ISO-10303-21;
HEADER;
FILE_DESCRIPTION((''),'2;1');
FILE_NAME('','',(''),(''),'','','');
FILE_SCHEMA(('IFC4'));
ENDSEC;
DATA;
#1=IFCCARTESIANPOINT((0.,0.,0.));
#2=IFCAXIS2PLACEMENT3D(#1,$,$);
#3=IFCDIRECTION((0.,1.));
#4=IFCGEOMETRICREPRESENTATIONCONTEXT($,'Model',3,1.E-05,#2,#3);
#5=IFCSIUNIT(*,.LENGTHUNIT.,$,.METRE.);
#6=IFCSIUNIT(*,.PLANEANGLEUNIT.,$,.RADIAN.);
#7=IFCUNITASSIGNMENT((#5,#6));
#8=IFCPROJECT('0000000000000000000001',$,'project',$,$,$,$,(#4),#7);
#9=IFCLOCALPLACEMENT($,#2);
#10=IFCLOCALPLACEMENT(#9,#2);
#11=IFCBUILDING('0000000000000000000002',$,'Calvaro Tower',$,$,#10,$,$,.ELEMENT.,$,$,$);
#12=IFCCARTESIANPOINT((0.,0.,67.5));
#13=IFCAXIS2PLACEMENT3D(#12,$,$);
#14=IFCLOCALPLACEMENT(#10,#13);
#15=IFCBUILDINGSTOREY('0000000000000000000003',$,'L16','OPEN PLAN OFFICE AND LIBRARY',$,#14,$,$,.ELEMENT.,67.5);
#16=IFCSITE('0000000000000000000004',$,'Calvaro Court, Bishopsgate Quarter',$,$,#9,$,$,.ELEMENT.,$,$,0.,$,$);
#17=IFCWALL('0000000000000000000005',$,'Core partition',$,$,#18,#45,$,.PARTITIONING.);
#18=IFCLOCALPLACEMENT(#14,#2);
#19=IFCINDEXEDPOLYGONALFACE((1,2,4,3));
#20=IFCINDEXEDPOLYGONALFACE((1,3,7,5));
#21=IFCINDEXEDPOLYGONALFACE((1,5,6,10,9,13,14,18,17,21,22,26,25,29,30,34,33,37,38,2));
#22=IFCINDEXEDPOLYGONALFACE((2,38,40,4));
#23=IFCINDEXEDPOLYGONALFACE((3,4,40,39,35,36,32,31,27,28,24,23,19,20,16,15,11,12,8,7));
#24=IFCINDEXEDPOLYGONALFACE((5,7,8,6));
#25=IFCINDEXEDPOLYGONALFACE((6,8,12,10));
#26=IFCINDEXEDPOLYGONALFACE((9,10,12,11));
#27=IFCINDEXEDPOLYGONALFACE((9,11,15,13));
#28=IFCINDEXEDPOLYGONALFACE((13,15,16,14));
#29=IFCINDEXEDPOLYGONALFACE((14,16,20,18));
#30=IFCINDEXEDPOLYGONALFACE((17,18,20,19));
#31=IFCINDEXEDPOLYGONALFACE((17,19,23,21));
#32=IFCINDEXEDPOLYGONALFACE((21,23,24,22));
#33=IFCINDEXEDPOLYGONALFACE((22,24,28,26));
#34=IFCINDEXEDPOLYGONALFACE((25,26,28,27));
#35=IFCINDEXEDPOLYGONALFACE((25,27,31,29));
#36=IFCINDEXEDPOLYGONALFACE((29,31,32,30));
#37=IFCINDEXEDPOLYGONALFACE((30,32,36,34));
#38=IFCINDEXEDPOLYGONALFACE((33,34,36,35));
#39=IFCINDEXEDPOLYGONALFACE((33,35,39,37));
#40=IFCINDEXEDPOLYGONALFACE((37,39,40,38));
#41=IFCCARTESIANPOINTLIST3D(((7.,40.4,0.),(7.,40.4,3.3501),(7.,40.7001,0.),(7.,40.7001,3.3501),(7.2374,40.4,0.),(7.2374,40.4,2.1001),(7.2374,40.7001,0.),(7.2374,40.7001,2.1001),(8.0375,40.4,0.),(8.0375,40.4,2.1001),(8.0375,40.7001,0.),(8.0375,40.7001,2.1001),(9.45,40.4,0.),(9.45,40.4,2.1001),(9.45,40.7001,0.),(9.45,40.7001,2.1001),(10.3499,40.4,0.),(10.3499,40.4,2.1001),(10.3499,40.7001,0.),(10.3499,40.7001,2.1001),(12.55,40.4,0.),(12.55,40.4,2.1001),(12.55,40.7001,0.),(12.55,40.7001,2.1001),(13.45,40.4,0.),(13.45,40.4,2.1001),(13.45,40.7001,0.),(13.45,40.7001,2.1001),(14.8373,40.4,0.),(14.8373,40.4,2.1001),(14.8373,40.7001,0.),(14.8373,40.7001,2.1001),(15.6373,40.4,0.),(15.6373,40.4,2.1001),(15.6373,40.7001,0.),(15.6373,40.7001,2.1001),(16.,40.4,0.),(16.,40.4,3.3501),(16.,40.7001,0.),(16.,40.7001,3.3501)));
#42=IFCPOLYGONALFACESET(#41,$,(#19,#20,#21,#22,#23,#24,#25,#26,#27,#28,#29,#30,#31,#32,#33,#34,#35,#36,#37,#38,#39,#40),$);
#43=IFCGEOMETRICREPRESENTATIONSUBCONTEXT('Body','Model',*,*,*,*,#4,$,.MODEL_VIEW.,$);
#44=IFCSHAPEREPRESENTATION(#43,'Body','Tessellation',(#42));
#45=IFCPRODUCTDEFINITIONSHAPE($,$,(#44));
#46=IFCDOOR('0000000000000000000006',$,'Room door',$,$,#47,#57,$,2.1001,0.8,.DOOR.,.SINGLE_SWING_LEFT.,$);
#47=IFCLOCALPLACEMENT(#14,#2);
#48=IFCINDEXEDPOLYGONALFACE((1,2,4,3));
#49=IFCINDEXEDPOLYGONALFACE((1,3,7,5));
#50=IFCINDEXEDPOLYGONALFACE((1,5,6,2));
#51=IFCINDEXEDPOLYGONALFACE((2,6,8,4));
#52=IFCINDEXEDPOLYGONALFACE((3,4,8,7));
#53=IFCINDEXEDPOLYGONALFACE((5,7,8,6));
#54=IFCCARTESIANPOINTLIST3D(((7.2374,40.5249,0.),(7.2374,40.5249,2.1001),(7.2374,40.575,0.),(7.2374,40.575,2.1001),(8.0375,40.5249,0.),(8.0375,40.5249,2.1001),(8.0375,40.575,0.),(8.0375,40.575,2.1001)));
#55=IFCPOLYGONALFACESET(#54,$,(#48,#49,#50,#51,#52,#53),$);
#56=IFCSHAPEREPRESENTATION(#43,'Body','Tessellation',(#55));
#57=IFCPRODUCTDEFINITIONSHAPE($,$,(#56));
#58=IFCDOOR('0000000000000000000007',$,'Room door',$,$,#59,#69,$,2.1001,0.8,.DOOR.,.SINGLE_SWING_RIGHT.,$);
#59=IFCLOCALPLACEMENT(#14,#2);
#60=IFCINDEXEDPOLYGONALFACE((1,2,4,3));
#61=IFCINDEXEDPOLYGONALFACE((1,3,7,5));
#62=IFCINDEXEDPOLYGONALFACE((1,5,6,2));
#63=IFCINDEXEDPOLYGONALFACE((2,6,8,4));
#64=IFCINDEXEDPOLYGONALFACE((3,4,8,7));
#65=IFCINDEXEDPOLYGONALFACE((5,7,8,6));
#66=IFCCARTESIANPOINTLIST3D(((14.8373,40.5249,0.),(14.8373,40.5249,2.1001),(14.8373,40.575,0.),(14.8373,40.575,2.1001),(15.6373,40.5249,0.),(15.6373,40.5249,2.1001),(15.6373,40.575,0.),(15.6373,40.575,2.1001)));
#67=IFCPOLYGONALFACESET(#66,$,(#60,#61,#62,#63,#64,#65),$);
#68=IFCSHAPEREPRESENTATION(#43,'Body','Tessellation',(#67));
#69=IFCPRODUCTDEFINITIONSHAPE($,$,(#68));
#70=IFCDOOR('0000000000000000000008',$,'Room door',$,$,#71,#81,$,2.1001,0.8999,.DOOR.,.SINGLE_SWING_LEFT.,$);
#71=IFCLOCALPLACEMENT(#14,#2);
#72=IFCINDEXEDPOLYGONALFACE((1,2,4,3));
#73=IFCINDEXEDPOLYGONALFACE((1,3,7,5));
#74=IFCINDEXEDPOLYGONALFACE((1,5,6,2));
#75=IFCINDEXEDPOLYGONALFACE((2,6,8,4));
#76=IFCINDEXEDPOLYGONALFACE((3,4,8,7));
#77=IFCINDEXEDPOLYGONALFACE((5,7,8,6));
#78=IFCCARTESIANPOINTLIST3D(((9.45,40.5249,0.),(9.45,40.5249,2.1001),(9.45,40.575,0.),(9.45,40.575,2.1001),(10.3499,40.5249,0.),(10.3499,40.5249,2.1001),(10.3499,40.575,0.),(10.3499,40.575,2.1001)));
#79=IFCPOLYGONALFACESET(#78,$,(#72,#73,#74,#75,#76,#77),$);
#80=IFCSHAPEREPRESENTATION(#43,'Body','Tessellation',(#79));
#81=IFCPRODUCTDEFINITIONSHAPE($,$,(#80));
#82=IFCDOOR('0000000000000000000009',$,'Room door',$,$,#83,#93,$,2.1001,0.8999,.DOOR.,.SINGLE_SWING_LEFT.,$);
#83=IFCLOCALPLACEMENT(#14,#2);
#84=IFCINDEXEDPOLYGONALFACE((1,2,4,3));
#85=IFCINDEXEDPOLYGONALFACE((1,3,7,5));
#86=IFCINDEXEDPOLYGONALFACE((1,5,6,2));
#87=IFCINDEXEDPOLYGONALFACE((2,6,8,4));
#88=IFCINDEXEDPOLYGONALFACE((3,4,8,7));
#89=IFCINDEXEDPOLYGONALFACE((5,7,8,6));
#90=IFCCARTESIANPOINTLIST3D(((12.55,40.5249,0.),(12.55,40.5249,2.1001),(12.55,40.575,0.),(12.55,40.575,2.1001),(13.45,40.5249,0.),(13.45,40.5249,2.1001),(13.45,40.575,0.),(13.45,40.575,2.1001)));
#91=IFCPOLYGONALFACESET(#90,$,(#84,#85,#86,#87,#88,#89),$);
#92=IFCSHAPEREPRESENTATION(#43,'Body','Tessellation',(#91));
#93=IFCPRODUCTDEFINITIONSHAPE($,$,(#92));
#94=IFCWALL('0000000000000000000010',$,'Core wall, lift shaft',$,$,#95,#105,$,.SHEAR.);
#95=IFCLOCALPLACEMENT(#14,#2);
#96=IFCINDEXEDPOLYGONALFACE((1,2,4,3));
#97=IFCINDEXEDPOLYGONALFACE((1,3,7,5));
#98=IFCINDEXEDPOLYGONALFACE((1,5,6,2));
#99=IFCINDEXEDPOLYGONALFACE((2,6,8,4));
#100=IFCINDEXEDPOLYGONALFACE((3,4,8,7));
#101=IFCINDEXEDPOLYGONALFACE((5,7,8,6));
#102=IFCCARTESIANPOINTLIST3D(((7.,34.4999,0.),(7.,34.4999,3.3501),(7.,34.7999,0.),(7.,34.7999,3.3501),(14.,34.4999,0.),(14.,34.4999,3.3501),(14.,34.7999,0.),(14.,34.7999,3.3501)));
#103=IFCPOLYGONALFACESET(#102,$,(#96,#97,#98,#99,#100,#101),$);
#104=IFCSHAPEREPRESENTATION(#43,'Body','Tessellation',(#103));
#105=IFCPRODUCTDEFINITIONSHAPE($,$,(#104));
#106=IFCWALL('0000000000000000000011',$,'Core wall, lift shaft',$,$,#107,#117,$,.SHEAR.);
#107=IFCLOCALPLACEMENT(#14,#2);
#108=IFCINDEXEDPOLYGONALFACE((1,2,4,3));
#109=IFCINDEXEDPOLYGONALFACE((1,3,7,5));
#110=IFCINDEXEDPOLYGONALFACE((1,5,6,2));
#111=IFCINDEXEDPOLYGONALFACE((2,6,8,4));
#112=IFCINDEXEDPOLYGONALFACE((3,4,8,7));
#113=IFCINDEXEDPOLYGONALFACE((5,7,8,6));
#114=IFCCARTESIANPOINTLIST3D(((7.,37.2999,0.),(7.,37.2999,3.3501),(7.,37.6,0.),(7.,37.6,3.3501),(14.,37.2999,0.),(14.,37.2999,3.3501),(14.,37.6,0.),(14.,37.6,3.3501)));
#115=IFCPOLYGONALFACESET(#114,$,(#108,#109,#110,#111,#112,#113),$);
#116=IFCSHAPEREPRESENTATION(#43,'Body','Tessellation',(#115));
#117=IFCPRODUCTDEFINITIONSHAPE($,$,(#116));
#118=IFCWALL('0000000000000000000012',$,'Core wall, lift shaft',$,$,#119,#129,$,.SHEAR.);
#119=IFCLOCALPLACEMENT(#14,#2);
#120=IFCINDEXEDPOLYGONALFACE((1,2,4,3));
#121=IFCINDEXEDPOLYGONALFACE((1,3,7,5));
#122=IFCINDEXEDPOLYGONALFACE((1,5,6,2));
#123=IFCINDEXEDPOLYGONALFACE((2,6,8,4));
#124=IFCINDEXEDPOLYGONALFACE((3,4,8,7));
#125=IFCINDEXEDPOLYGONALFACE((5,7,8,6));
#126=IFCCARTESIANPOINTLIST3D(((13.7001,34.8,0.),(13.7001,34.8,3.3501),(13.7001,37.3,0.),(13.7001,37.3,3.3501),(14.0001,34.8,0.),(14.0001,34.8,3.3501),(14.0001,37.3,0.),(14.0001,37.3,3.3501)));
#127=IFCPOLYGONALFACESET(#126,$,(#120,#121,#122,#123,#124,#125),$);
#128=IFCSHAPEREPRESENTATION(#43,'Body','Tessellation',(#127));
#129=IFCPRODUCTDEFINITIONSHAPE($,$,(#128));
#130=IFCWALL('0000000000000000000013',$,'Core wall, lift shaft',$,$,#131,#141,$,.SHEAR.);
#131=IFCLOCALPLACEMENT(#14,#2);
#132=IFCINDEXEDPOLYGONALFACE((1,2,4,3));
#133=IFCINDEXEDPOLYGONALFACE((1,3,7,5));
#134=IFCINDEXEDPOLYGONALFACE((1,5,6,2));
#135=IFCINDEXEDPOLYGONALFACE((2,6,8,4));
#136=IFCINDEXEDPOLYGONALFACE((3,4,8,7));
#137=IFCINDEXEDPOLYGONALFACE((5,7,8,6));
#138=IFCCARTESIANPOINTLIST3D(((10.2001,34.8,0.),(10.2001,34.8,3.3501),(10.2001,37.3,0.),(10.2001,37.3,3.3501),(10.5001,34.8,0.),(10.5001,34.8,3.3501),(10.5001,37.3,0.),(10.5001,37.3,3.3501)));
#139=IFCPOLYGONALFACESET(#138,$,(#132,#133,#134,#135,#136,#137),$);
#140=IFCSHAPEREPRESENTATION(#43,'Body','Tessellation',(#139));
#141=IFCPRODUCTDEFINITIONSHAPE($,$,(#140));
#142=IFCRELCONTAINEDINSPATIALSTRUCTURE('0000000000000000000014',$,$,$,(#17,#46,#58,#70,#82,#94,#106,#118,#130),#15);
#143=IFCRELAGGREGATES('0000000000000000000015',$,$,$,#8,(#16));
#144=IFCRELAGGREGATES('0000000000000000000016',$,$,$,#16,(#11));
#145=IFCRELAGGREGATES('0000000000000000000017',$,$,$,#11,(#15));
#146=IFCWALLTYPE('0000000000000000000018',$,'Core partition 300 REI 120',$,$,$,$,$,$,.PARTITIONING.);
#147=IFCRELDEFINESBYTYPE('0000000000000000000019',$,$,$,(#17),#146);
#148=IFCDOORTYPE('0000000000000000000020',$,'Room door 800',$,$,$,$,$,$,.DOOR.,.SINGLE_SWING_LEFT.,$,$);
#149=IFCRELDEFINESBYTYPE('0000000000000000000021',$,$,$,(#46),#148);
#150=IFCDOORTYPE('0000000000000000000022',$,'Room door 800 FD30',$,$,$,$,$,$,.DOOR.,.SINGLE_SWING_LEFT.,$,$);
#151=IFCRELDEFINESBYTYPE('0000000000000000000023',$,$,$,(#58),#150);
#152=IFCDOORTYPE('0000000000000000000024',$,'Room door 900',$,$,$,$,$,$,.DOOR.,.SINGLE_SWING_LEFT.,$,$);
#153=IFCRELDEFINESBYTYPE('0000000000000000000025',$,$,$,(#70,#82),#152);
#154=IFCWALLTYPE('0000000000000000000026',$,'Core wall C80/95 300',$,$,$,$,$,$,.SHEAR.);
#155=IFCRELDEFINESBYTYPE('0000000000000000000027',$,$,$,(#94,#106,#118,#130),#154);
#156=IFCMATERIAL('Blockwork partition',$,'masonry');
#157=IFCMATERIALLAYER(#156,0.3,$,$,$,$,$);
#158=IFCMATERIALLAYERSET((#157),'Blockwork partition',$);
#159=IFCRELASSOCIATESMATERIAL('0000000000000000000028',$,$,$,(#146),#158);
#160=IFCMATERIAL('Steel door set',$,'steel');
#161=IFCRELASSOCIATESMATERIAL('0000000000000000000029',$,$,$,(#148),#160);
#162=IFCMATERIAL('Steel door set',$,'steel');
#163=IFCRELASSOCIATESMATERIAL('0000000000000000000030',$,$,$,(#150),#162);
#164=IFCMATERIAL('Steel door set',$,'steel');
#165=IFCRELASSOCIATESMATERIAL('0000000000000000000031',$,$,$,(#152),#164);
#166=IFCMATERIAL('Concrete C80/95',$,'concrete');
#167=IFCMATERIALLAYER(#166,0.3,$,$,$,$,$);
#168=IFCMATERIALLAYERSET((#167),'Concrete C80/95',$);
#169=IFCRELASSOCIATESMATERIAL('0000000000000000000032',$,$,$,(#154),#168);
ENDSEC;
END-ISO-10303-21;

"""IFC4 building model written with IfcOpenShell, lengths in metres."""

from ifc_helpers import new_model, si_unit, direction, frame, frame_2d, origin, place, context, subcontext, project, spatial, rectangle, extrude, material, layer, layer_set, type_object, element, fill, save


model = new_model("IFC4")

# Units and contexts
model_context = context("Model", 3, precision=1e-05, world=origin(), true_north=direction((0.0, 1.0)))
body_context = subcontext(model_context, "Body", "Model", "MODEL_VIEW")
ifc_project = project(units=[si_unit("LENGTHUNIT", "METRE"), si_unit("PLANEANGLEUNIT", "RADIAN")], contexts=[model_context])

# Site, building, storey
site_placement = place(None, origin())
site = spatial("IfcSite", under=ifc_project, at=site_placement, Name="Calvaro Court, Bishopsgate Quarter", CompositionType="ELEMENT", RefElevation=0.0)
building_placement = place(site_placement, origin())
building = spatial("IfcBuilding", under=site, at=building_placement, Name="Calvaro Tower", CompositionType="ELEMENT")
storey_placement = place(building_placement, frame((0.0, 0.0, 67.5)))
storey = spatial("IfcBuildingStorey", under=building, at=storey_placement, Name="L16", Description="OPEN PLAN OFFICE AND LIBRARY", CompositionType="ELEMENT", Elevation=67.5)

# Wall, openings, doors
ifc_material_1 = material(Name="Blockwork partition", Category="masonry")
ifc_layer_1 = layer(ifc_material_1, 0.3)
ifc_layer_set_1 = layer_set([ifc_layer_1], Name="Blockwork partition")
wall_type_1 = type_object("IfcWallType", Name="Core partition 300 REI 120", PredefinedType="PARTITIONING", material=ifc_layer_set_1)
wall_1_placement = place(storey_placement, frame((7.0, 40.55, 0.0), z_axis=(0.0, 0.0, 1.0), x_axis=(1.0, 0.0, 0.0)))
wall_1 = element("IfcWall", 1, at=wall_1_placement, inside=storey, type_object=wall_type_1, Name="Core partition", PredefinedType="PARTITIONING", context=body_context, shape_type="SweptSolid", body=[
    extrude(rectangle(XDim=9.0, YDim=0.3, at=frame_2d((4.5, 0.0))), origin(), (0.0, 0.0, 1.0), 3.3501),
])
opening_1_placement = place(wall_1_placement, frame((0.2375, 0.0, 0.0)))
opening_1 = element("IfcOpeningElement", 2, at=opening_1_placement, cuts=wall_1, PredefinedType="OPENING", context=body_context, shape_type="SweptSolid", body=[
    extrude(rectangle(XDim=0.8, YDim=2.1001, at=frame_2d((0.3999, 1.05))), frame((0.0, 0.1599, 0.0), z_axis=(0.0, -1.0, 0.0), x_axis=(1.0, 0.0, 0.0)), (0.0, 0.0, 1.0), 0.3201),
])
opening_2_placement = place(wall_1_placement, frame((2.45, 0.0, 0.0)))
opening_2 = element("IfcOpeningElement", 3, at=opening_2_placement, cuts=wall_1, PredefinedType="OPENING", context=body_context, shape_type="SweptSolid", body=[
    extrude(rectangle(XDim=0.8999, YDim=2.1001, at=frame_2d((0.45, 1.05))), frame((0.0, 0.1599, 0.0), z_axis=(0.0, -1.0, 0.0), x_axis=(1.0, 0.0, 0.0)), (0.0, 0.0, 1.0), 0.3201),
])
opening_3_placement = place(wall_1_placement, frame((5.55, 0.0, 0.0)))
opening_3 = element("IfcOpeningElement", 4, at=opening_3_placement, cuts=wall_1, PredefinedType="OPENING", context=body_context, shape_type="SweptSolid", body=[
    extrude(rectangle(XDim=0.8999, YDim=2.1001, at=frame_2d((0.45, 1.05))), frame((0.0, 0.1599, 0.0), z_axis=(0.0, -1.0, 0.0), x_axis=(1.0, 0.0, 0.0)), (0.0, 0.0, 1.0), 0.3201),
])
opening_4_placement = place(wall_1_placement, frame((7.8374, 0.0, 0.0)))
opening_4 = element("IfcOpeningElement", 5, at=opening_4_placement, cuts=wall_1, PredefinedType="OPENING", context=body_context, shape_type="SweptSolid", body=[
    extrude(rectangle(XDim=0.8, YDim=2.1001, at=frame_2d((0.3999, 1.05))), frame((0.0, 0.1599, 0.0), z_axis=(0.0, -1.0, 0.0), x_axis=(1.0, 0.0, 0.0)), (0.0, 0.0, 1.0), 0.3201),
])
ifc_material_2 = material(Name="Steel door set", Category="steel")
door_type_1 = type_object("IfcDoorType", Name="Room door 800", OperationType="SINGLE_SWING_LEFT", PredefinedType="DOOR", material=ifc_material_2)
door_1_placement = place(opening_1_placement, origin())
door_1 = element("IfcDoor", 6, at=door_1_placement, inside=storey, type_object=door_type_1, Name="Room door", OperationType="SINGLE_SWING_LEFT", OverallHeight=2.1001, OverallWidth=0.8, PredefinedType="DOOR", context=body_context, shape_type="SweptSolid", body=[
    extrude(rectangle(XDim=0.8, YDim=2.1001, at=frame_2d((0.3999, 1.05))), frame((0.0, 0.0249, 0.0), z_axis=(0.0, -1.0, 0.0), x_axis=(1.0, 0.0, 0.0)), (0.0, 0.0, 1.0), 0.05),
])
fill(opening_1, door_1)
ifc_material_3 = material(Name="Steel door set", Category="steel")
door_type_2 = type_object("IfcDoorType", Name="Room door 800 FD30", OperationType="SINGLE_SWING_LEFT", PredefinedType="DOOR", material=ifc_material_3)
door_2_placement = place(opening_4_placement, origin())
door_2 = element("IfcDoor", 7, at=door_2_placement, inside=storey, type_object=door_type_2, Name="Room door", OperationType="SINGLE_SWING_RIGHT", OverallHeight=2.1001, OverallWidth=0.8, PredefinedType="DOOR", context=body_context, shape_type="SweptSolid", body=[
    extrude(rectangle(XDim=0.8, YDim=2.1001, at=frame_2d((0.3999, 1.05))), frame((0.0, 0.0249, 0.0), z_axis=(0.0, -1.0, 0.0), x_axis=(1.0, 0.0, 0.0)), (0.0, 0.0, 1.0), 0.05),
])
fill(opening_4, door_2)
ifc_material_4 = material(Name="Steel door set", Category="steel")
door_type_3 = type_object("IfcDoorType", Name="Room door 900", OperationType="SINGLE_SWING_LEFT", PredefinedType="DOOR", material=ifc_material_4)
door_3_placement = place(opening_2_placement, origin())
door_3 = element("IfcDoor", 8, at=door_3_placement, inside=storey, type_object=door_type_3, Name="Room door", OperationType="SINGLE_SWING_LEFT", OverallHeight=2.1001, OverallWidth=0.8999, PredefinedType="DOOR", context=body_context, shape_type="SweptSolid", body=[
    extrude(rectangle(XDim=0.8999, YDim=2.1001, at=frame_2d((0.45, 1.05))), frame((0.0, 0.0249, 0.0), z_axis=(0.0, -1.0, 0.0), x_axis=(1.0, 0.0, 0.0)), (0.0, 0.0, 1.0), 0.05),
])
fill(opening_2, door_3)
door_4_placement = place(opening_3_placement, origin())
door_4 = element("IfcDoor", 9, at=door_4_placement, inside=storey, type_object=door_type_3, Name="Room door", OperationType="SINGLE_SWING_LEFT", OverallHeight=2.1001, OverallWidth=0.8999, PredefinedType="DOOR", context=body_context, shape_type="SweptSolid", body=[
    extrude(rectangle(XDim=0.8999, YDim=2.1001, at=frame_2d((0.45, 1.05))), frame((0.0, 0.0249, 0.0), z_axis=(0.0, -1.0, 0.0), x_axis=(1.0, 0.0, 0.0)), (0.0, 0.0, 1.0), 0.05),
])
fill(opening_3, door_4)

# Walls
ifc_material_5 = material(Name="Concrete C80/95", Category="concrete")
ifc_layer_2 = layer(ifc_material_5, 0.3)
ifc_layer_set_2 = layer_set([ifc_layer_2], Name="Concrete C80/95")
wall_type_2 = type_object("IfcWallType", Name="Core wall C80/95 300", PredefinedType="SHEAR", material=ifc_layer_set_2)
for number, where, z_axis, x_axis, name in (
    (10, (7.0, 34.6499, 0.0), (0.0, 0.0, 1.0), (1.0, 0.0, 0.0), "Core wall, lift shaft"),
    (11, (7.0, 37.45, 0.0), (0.0, 0.0, 1.0), (1.0, 0.0, 0.0), "Core wall, lift shaft"),
):
    element("IfcWall", number, at=place(storey_placement, frame(where, z_axis=z_axis, x_axis=x_axis)), inside=storey, type_object=wall_type_2, Name=name, PredefinedType="SHEAR", context=body_context, shape_type="SweptSolid", body=[
        extrude(rectangle(XDim=7.0, YDim=0.3, at=frame_2d((3.5, 0.0))), origin(), (0.0, 0.0, 1.0), 3.3501),
    ])
for number, where, z_axis, x_axis, name in (
    (12, (13.8501, 34.8, 0.0), (0.0, 0.0, 1.0), (0.0, 1.0, 0.0), "Core wall, lift shaft"),
    (13, (10.3501, 34.8, 0.0), (0.0, 0.0, 1.0), (0.0, 1.0, 0.0), "Core wall, lift shaft"),
):
    element("IfcWall", number, at=place(storey_placement, frame(where, z_axis=z_axis, x_axis=x_axis)), inside=storey, type_object=wall_type_2, Name=name, PredefinedType="SHEAR", context=body_context, shape_type="SweptSolid", body=[
        extrude(rectangle(XDim=2.5, YDim=0.3, at=frame_2d((1.25, 0.0))), origin(), (0.0, 0.0, 1.0), 3.3501),
    ])

save(model, "model.ifc")
